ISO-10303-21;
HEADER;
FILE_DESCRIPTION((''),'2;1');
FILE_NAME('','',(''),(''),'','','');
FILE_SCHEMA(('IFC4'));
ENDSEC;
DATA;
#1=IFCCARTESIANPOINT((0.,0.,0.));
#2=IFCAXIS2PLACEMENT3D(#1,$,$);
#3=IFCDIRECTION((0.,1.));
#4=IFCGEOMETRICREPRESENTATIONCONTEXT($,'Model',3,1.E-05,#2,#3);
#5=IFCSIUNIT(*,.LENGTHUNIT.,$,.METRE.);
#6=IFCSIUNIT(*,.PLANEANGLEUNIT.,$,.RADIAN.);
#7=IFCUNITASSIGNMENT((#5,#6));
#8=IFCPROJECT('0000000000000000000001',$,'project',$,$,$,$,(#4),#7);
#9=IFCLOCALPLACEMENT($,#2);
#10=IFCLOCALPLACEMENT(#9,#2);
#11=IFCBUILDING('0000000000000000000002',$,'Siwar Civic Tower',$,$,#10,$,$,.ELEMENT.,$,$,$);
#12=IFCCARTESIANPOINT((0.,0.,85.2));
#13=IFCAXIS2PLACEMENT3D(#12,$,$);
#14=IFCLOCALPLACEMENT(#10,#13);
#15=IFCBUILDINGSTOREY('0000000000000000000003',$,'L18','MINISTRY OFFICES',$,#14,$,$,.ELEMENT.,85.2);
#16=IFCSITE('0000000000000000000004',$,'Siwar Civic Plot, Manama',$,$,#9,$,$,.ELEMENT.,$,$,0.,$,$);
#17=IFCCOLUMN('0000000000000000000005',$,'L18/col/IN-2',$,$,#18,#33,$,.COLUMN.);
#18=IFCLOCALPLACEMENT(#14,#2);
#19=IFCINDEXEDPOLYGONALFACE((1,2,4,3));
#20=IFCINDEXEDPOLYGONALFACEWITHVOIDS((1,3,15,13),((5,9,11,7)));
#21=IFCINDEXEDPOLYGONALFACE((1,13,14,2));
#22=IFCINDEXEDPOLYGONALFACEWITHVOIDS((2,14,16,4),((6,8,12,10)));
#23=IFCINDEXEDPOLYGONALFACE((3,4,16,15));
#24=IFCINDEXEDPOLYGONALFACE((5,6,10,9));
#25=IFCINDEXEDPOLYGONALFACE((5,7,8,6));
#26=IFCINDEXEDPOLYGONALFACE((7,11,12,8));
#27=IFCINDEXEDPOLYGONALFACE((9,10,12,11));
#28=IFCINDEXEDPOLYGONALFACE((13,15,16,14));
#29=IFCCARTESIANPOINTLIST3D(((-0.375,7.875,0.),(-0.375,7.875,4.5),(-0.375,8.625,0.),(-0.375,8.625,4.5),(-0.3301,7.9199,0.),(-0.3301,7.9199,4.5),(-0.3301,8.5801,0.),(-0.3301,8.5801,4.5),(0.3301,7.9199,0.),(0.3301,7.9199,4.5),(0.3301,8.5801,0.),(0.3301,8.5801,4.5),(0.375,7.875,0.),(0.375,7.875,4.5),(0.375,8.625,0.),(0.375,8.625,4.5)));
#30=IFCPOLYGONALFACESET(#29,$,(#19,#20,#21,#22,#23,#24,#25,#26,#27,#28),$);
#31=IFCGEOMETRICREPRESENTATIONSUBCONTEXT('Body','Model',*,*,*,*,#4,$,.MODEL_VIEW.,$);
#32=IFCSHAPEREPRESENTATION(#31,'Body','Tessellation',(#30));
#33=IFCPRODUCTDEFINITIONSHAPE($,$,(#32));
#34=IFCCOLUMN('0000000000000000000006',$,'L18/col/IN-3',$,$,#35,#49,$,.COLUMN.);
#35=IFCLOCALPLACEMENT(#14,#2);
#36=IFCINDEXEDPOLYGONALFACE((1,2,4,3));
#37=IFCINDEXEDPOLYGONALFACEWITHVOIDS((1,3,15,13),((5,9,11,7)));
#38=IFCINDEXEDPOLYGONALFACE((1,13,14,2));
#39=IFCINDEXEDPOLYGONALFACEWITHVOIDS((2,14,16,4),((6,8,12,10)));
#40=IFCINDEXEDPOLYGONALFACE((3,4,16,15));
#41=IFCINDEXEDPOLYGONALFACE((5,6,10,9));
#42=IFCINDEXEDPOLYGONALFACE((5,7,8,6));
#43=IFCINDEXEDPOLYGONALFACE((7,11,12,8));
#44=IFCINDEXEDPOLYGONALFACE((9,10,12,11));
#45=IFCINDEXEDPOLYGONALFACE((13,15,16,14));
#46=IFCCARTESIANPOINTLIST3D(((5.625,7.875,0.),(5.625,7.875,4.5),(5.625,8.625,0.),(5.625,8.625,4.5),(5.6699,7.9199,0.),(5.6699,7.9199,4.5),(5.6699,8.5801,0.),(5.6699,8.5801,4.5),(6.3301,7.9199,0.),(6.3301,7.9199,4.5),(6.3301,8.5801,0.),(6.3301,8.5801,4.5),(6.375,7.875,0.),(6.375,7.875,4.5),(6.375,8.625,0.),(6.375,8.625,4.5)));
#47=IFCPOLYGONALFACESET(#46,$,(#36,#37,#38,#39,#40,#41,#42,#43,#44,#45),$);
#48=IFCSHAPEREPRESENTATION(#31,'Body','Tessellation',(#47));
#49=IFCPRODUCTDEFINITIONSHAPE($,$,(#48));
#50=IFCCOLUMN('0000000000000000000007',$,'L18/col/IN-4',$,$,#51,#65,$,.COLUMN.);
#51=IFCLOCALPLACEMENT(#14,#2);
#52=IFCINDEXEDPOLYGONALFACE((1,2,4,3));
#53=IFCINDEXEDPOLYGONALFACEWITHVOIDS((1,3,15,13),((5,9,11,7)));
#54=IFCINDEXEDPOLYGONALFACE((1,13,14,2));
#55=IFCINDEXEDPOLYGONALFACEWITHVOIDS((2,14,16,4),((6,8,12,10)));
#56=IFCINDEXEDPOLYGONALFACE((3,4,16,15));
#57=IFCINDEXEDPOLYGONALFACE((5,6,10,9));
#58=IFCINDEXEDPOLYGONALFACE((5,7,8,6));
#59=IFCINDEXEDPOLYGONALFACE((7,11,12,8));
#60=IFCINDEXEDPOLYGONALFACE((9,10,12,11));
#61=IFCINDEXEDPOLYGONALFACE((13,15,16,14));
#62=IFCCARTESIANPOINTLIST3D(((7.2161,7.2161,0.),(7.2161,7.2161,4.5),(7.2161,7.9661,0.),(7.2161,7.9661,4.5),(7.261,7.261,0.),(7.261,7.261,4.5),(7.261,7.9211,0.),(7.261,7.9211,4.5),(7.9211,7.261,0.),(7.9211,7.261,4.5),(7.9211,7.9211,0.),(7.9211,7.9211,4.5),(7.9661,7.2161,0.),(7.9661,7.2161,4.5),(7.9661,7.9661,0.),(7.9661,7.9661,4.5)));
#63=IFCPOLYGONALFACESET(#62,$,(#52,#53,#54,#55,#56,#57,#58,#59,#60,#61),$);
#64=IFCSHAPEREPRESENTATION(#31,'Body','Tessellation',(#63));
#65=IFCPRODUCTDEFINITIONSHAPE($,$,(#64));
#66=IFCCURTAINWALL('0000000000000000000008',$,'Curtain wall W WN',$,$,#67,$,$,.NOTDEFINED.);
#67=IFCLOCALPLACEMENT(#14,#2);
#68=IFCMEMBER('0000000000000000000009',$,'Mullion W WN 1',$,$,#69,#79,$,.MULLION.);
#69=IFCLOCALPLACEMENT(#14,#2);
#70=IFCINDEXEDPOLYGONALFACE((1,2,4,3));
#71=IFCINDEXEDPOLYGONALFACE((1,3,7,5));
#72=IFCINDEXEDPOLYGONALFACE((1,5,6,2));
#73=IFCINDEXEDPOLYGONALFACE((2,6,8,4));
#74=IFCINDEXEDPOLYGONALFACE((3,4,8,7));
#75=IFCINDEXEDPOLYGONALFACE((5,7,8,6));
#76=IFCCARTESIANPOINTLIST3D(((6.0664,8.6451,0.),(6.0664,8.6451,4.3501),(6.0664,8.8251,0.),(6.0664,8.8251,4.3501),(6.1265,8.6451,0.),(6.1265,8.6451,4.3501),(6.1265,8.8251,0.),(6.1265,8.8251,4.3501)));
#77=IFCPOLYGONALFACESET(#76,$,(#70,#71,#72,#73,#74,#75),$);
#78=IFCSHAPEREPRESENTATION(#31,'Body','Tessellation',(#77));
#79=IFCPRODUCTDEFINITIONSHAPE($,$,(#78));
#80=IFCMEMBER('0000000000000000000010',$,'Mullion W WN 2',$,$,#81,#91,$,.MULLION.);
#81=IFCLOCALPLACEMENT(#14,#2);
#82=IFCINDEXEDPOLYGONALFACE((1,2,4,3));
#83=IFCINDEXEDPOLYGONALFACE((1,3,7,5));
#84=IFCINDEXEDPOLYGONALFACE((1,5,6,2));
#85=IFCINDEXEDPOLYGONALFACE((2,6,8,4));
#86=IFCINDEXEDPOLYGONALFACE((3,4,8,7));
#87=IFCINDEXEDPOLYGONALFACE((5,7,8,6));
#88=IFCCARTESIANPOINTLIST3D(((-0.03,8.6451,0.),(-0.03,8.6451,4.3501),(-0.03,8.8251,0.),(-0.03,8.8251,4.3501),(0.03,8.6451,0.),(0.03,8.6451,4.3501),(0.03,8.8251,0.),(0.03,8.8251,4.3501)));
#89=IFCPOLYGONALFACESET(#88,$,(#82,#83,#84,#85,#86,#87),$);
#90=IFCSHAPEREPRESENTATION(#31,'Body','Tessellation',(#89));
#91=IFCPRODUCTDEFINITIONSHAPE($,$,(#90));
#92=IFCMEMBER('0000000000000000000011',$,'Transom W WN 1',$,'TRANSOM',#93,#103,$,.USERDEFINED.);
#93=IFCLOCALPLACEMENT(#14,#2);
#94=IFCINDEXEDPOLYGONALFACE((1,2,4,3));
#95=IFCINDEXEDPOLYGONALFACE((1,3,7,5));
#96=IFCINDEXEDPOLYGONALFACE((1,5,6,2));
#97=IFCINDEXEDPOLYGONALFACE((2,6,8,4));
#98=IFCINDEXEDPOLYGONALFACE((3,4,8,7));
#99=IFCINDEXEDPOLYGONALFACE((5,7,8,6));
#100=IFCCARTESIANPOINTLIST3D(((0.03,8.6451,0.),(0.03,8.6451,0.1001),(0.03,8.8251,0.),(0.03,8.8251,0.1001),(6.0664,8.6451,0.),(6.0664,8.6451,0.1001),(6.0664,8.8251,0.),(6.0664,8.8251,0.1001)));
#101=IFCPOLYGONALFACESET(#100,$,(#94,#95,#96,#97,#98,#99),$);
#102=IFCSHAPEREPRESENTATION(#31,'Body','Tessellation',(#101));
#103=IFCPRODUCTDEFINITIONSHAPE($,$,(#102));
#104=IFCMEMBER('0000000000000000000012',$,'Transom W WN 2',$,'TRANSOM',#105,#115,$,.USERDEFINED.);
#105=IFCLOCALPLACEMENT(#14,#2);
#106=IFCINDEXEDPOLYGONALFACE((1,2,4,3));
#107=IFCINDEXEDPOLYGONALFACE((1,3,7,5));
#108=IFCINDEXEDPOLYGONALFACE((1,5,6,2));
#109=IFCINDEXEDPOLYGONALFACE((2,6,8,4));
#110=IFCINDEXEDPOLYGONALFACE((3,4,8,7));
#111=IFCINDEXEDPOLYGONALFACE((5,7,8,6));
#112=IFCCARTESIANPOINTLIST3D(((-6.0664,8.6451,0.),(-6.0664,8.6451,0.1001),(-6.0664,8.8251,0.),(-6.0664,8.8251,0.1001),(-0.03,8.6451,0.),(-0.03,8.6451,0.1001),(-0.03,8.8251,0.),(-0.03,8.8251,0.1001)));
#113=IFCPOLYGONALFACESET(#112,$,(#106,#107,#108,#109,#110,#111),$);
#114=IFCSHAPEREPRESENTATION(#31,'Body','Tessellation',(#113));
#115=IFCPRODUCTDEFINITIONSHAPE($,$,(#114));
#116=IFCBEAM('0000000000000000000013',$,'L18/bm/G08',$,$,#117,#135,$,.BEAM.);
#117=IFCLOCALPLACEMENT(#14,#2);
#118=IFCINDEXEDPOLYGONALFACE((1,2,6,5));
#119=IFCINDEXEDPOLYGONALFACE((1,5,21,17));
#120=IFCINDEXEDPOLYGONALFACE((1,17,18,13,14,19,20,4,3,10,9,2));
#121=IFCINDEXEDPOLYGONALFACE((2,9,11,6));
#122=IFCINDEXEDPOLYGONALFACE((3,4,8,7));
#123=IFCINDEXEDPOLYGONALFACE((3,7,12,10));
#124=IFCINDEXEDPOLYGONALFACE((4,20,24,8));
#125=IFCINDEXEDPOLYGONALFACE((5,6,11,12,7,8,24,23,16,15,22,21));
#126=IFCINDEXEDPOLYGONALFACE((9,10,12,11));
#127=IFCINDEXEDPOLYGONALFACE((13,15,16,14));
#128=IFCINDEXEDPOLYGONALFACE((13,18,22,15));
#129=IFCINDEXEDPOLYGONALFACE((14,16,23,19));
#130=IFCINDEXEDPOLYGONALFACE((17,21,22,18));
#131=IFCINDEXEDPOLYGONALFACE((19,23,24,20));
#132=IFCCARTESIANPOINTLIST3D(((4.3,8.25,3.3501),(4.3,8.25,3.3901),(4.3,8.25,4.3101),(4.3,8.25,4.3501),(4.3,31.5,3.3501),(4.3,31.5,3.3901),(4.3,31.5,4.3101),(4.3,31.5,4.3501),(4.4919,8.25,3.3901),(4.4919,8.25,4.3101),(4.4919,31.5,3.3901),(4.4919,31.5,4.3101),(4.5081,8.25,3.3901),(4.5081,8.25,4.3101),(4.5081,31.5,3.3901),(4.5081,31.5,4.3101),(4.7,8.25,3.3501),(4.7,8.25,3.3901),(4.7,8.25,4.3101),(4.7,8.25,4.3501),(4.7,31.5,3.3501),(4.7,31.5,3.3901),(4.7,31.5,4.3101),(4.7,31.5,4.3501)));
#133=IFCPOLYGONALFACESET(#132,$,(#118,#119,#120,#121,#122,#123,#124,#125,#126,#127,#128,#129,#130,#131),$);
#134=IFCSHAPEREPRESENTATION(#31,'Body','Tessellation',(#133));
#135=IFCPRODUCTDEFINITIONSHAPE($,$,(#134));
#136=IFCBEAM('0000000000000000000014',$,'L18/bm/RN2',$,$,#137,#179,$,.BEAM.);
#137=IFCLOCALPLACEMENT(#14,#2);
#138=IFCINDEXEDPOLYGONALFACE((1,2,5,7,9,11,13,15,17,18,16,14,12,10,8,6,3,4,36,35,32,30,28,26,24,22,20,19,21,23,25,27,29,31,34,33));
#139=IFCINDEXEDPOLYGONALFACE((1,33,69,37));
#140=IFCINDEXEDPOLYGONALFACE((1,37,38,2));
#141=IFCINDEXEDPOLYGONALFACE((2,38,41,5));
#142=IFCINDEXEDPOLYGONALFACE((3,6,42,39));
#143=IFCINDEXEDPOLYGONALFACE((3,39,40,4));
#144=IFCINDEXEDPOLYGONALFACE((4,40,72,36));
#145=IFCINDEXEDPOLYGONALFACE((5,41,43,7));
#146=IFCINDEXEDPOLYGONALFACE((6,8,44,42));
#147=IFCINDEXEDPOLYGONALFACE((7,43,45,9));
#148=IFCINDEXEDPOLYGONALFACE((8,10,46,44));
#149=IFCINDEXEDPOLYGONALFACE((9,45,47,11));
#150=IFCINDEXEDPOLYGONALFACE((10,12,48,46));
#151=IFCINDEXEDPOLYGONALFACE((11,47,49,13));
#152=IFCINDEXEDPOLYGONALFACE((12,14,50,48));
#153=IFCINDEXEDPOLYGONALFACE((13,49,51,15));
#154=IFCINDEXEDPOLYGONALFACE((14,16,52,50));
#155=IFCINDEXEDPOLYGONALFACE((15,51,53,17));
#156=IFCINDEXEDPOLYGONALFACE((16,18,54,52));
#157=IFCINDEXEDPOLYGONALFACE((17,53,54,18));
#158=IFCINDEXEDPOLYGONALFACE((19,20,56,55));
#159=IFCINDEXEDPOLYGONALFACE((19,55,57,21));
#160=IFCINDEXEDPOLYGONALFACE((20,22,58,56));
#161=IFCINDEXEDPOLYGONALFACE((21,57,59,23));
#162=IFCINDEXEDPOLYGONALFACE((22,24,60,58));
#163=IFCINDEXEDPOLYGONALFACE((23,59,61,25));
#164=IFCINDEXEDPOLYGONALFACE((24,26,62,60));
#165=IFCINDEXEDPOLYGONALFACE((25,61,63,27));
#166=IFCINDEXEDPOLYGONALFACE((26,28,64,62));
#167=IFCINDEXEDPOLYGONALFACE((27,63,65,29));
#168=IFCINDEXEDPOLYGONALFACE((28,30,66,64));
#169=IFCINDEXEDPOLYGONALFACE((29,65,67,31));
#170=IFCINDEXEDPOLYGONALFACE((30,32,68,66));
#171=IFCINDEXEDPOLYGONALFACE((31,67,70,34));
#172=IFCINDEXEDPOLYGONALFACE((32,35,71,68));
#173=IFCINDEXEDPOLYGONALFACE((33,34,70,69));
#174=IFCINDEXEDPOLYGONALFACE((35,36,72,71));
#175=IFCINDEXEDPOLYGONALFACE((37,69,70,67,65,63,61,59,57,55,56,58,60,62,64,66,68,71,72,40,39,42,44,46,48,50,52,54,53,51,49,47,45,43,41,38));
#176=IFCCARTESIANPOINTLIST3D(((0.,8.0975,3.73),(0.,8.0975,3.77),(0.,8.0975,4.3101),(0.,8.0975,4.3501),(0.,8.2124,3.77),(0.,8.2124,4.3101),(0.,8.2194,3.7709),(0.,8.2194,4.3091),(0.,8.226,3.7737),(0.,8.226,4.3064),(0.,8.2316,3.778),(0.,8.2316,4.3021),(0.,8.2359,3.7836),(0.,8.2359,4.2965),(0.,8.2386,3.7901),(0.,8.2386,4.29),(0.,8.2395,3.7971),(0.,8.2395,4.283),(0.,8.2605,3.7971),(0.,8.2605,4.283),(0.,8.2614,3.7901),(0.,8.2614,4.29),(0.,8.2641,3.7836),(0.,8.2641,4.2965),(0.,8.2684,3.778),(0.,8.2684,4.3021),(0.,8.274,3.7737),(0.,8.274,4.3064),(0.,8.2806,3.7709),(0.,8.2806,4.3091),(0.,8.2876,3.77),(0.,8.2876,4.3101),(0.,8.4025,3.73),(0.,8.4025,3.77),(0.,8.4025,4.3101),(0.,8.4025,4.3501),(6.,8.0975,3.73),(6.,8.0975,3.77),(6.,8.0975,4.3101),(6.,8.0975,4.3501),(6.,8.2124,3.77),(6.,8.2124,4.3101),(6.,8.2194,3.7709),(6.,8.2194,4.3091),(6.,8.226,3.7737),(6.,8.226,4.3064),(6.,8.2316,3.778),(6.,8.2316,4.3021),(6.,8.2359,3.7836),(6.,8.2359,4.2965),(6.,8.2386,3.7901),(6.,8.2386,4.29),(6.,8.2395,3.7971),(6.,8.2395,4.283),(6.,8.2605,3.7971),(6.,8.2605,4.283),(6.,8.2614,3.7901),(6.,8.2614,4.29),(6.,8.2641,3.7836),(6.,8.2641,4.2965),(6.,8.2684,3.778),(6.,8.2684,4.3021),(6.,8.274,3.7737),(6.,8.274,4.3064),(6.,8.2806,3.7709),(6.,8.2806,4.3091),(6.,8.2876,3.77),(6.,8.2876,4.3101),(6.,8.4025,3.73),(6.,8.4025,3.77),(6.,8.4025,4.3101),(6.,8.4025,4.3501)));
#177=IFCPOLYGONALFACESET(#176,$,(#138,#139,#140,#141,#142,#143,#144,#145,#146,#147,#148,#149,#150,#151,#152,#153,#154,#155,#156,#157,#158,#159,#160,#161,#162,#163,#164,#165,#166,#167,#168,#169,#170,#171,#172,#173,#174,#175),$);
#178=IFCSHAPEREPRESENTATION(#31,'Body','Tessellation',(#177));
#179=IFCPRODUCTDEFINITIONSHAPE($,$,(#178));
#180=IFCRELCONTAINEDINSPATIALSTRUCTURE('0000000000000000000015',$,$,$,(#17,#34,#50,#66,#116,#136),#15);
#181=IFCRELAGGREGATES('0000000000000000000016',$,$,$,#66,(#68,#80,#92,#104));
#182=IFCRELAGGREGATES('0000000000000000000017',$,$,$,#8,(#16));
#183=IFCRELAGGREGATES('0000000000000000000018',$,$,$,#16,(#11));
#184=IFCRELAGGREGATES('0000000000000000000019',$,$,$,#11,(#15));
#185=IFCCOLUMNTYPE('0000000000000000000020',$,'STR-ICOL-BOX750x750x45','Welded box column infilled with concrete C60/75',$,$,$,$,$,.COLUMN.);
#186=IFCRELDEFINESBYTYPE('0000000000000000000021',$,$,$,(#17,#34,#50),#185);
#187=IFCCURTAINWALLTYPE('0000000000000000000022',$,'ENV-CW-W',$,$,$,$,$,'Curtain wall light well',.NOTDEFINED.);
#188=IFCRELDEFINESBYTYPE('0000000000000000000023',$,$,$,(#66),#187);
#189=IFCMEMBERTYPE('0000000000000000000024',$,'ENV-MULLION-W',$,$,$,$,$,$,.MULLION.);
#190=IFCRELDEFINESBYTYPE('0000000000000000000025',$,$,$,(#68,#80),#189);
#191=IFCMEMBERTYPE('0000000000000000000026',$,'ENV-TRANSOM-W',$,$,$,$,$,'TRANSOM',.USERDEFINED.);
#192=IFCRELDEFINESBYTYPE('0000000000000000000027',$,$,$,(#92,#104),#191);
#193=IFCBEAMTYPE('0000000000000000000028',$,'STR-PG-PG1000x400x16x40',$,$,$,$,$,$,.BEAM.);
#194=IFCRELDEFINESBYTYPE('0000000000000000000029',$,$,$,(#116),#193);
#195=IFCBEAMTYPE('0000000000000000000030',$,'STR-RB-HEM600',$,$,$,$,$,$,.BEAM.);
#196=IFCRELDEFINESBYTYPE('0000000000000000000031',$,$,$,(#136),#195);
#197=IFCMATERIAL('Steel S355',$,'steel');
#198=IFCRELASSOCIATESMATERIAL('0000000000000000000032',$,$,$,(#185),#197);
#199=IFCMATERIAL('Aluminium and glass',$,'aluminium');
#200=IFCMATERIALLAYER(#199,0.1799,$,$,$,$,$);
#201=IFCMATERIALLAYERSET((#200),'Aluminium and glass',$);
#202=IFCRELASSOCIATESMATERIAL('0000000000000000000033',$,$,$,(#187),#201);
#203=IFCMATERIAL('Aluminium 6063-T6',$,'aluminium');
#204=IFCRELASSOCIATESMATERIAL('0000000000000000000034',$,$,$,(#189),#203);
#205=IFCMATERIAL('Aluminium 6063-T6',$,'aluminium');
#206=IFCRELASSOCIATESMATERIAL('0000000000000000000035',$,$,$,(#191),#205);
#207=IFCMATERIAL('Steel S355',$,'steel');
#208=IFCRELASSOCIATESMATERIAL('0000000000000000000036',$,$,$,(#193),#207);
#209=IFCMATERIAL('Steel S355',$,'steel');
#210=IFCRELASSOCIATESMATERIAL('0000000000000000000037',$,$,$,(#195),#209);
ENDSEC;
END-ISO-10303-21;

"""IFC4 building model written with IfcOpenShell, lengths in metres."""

from ifc_helpers import new_model, si_unit, direction, frame, origin, origin_2d, place, context, subcontext, project, spatial, rectangle, hollow_rectangle, i_section, extrude, material, layer, layer_set, material_profile, profile_set, type_object, element, aggregate, save


model = new_model("IFC4")

# Units and contexts
model_context = context("Model", 3, precision=1e-05, world=origin(), true_north=direction((0.0, 1.0)))
body_context = subcontext(model_context, "Body", "Model", "MODEL_VIEW")
ifc_project = project(units=[si_unit("LENGTHUNIT", "METRE"), si_unit("PLANEANGLEUNIT", "RADIAN")], contexts=[model_context])

# Site, building, storey
site_placement = place(None, origin())
site = spatial("IfcSite", under=ifc_project, at=site_placement, Name="Siwar Civic Plot, Manama", CompositionType="ELEMENT", RefElevation=0.0)
building_placement = place(site_placement, origin())
building = spatial("IfcBuilding", under=site, at=building_placement, Name="Siwar Civic Tower", CompositionType="ELEMENT")
storey_placement = place(building_placement, frame((0.0, 0.0, 85.2)))
storey = spatial("IfcBuildingStorey", under=building, at=storey_placement, Name="L18", Description="MINISTRY OFFICES", CompositionType="ELEMENT", Elevation=85.2)

# Columns
ifc_material_1 = material(Name="Steel S355", Category="steel")
ifc_material_profile_1 = material_profile(ifc_material_1, hollow_rectangle(XDim=0.75, YDim=0.75, WallThickness=0.0449, at=origin_2d()), Name="BOX750x750x45")
ifc_profile_set_1 = profile_set([ifc_material_profile_1], Name="Steel S355")
column_type = type_object("IfcColumnType", Name="STR-ICOL-BOX750x750x45", Description="Welded box column infilled with concrete C60/75", PredefinedType="COLUMN", material=ifc_profile_set_1)
for number, where, z_axis, x_axis, name in (
    (1, (0.0, 8.25, 0.0), (0.0, 0.0, 1.0), (1.0, 0.0, 0.0), "L18/col/IN-2"),
    (2, (6.0, 8.25, 0.0), (0.0, 0.0, 1.0), (1.0, 0.0, 0.0), "L18/col/IN-3"),
    (3, (7.5911, 7.5911, 0.0), (0.0, 0.0, 1.0), (1.0, 0.0, 0.0), "L18/col/IN-4"),
):
    element("IfcColumn", number, at=place(storey_placement, frame(where, z_axis=z_axis, x_axis=x_axis)), inside=storey, type_object=column_type, Name=name, PredefinedType="COLUMN", context=body_context, shape_type="SweptSolid", body=[
        extrude(hollow_rectangle(XDim=0.75, YDim=0.75, WallThickness=0.0449, at=origin_2d()), origin(), (0.0, 0.0, 1.0), 4.5),
    ])

# Curtain wall, members
ifc_material_2 = material(Name="Aluminium and glass", Category="aluminium")
ifc_layer_1 = layer(ifc_material_2, 0.1799)
ifc_layer_set_1 = layer_set([ifc_layer_1], Name="Aluminium and glass")
curtain_wall_type = type_object("IfcCurtainWallType", Name="ENV-CW-W", ElementType="Curtain wall light well", PredefinedType="NOTDEFINED", material=ifc_layer_set_1)
curtain_wall_placement = place(storey_placement, origin())
curtain_wall = element("IfcCurtainWall", 4, at=curtain_wall_placement, inside=storey, type_object=curtain_wall_type, Name="Curtain wall W WN", PredefinedType="NOTDEFINED")
ifc_material_3 = material(Name="Aluminium 6063-T6", Category="aluminium")
ifc_material_profile_2 = material_profile(ifc_material_3, rectangle(XDim=0.1799, YDim=0.0601, at=origin_2d()), Name="AL 180x60")
ifc_profile_set_2 = profile_set([ifc_material_profile_2], Name="Aluminium 6063-T6")
member_type_1 = type_object("IfcMemberType", Name="ENV-MULLION-W", PredefinedType="MULLION", material=ifc_profile_set_2)
member_1_placement = place(storey_placement, frame((6.0964, 8.7351, 0.0), z_axis=(0.0, 0.0, 1.0), x_axis=(0.0, -1.0, 0.0)))
member_1 = element("IfcMember", 5, at=member_1_placement, type_object=member_type_1, Name="Mullion W WN 1", PredefinedType="MULLION", context=body_context, shape_type="SweptSolid", body=[
    extrude(rectangle(XDim=0.1799, YDim=0.0601, at=origin_2d()), origin(), (0.0, 0.0, 1.0), 4.3501),
])
member_2_placement = place(storey_placement, frame((0.0, 8.7351, 0.0), z_axis=(0.0, 0.0, 1.0), x_axis=(0.0, -1.0, 0.0)))
member_2 = element("IfcMember", 6, at=member_2_placement, type_object=member_type_1, Name="Mullion W WN 2", PredefinedType="MULLION", context=body_context, shape_type="SweptSolid", body=[
    extrude(rectangle(XDim=0.1799, YDim=0.0601, at=origin_2d()), origin(), (0.0, 0.0, 1.0), 4.3501),
])
ifc_material_4 = material(Name="Aluminium 6063-T6", Category="aluminium")
ifc_material_profile_3 = material_profile(ifc_material_4, rectangle(XDim=0.1799, YDim=0.1001, at=origin_2d()), Name="AL 180x100")
ifc_profile_set_3 = profile_set([ifc_material_profile_3], Name="Aluminium 6063-T6")
member_type_2 = type_object("IfcMemberType", Name="ENV-TRANSOM-W", ElementType="TRANSOM", PredefinedType="USERDEFINED", material=ifc_profile_set_3)
member_3_placement = place(storey_placement, frame((6.0664, 8.7351, 0.05), z_axis=(-1.0, 0.0, 0.0), x_axis=(0.0, -1.0, 0.0)))
member_3 = element("IfcMember", 7, at=member_3_placement, type_object=member_type_2, Name="Transom W WN 1", ObjectType="TRANSOM", PredefinedType="USERDEFINED", context=body_context, shape_type="SweptSolid", body=[
    extrude(rectangle(XDim=0.1799, YDim=0.1001, at=origin_2d()), origin(), (0.0, 0.0, 1.0), 6.0364),
])
member_4_placement = place(storey_placement, frame((-0.03, 8.7351, 0.05), z_axis=(-1.0, 0.0, 0.0), x_axis=(0.0, -1.0, 0.0)))
member_4 = element("IfcMember", 8, at=member_4_placement, type_object=member_type_2, Name="Transom W WN 2", ObjectType="TRANSOM", PredefinedType="USERDEFINED", context=body_context, shape_type="SweptSolid", body=[
    extrude(rectangle(XDim=0.1799, YDim=0.1001, at=origin_2d()), origin(), (0.0, 0.0, 1.0), 6.0364),
])

# Beams
ifc_material_5 = material(Name="Steel S355", Category="steel")
ifc_material_profile_4 = material_profile(ifc_material_5, i_section(OverallWidth=0.3999, OverallDepth=1.0, WebThickness=0.0161, FlangeThickness=0.04, at=origin_2d()), Name="PG1000x400x16x40")
ifc_profile_set_4 = profile_set([ifc_material_profile_4], Name="Steel S355")
beam_type_1 = type_object("IfcBeamType", Name="STR-PG-PG1000x400x16x40", PredefinedType="BEAM", material=ifc_profile_set_4)
beam_1_placement = place(storey_placement, frame((4.5, 8.25, 3.8501), z_axis=(0.0, 1.0, 0.0), x_axis=(-1.0, 0.0, 0.0)))
element("IfcBeam", 9, at=beam_1_placement, inside=storey, type_object=beam_type_1, Name="L18/bm/G08", PredefinedType="BEAM", context=body_context, shape_type="SweptSolid", body=[
    extrude(i_section(OverallWidth=0.3999, OverallDepth=1.0, WebThickness=0.0161, FlangeThickness=0.04, at=origin_2d()), origin(), (0.0, 0.0, 1.0), 23.25),
])
ifc_material_6 = material(Name="Steel S355", Category="steel")
ifc_material_profile_5 = material_profile(ifc_material_6, i_section(OverallWidth=0.3049, OverallDepth=0.6201, WebThickness=0.021, FlangeThickness=0.04, FilletRadius=0.0271, at=origin_2d()), Name="HEM600")
ifc_profile_set_5 = profile_set([ifc_material_profile_5], Name="Steel S355")
beam_type_2 = type_object("IfcBeamType", Name="STR-RB-HEM600", PredefinedType="BEAM", material=ifc_profile_set_5)
beam_2_placement = place(storey_placement, frame((0.0, 8.25, 4.04), z_axis=(1.0, 0.0, 0.0), x_axis=(0.0, 1.0, 0.0)))
element("IfcBeam", 10, at=beam_2_placement, inside=storey, type_object=beam_type_2, Name="L18/bm/RN2", PredefinedType="BEAM", context=body_context, shape_type="SweptSolid", body=[
    extrude(i_section(OverallWidth=0.3049, OverallDepth=0.6201, WebThickness=0.021, FlangeThickness=0.04, FilletRadius=0.0271, at=origin_2d()), origin(), (0.0, 0.0, 1.0), 6.0),
])

aggregate(curtain_wall, [member_1, member_2, member_3, member_4])

save(model, "model.ifc")
